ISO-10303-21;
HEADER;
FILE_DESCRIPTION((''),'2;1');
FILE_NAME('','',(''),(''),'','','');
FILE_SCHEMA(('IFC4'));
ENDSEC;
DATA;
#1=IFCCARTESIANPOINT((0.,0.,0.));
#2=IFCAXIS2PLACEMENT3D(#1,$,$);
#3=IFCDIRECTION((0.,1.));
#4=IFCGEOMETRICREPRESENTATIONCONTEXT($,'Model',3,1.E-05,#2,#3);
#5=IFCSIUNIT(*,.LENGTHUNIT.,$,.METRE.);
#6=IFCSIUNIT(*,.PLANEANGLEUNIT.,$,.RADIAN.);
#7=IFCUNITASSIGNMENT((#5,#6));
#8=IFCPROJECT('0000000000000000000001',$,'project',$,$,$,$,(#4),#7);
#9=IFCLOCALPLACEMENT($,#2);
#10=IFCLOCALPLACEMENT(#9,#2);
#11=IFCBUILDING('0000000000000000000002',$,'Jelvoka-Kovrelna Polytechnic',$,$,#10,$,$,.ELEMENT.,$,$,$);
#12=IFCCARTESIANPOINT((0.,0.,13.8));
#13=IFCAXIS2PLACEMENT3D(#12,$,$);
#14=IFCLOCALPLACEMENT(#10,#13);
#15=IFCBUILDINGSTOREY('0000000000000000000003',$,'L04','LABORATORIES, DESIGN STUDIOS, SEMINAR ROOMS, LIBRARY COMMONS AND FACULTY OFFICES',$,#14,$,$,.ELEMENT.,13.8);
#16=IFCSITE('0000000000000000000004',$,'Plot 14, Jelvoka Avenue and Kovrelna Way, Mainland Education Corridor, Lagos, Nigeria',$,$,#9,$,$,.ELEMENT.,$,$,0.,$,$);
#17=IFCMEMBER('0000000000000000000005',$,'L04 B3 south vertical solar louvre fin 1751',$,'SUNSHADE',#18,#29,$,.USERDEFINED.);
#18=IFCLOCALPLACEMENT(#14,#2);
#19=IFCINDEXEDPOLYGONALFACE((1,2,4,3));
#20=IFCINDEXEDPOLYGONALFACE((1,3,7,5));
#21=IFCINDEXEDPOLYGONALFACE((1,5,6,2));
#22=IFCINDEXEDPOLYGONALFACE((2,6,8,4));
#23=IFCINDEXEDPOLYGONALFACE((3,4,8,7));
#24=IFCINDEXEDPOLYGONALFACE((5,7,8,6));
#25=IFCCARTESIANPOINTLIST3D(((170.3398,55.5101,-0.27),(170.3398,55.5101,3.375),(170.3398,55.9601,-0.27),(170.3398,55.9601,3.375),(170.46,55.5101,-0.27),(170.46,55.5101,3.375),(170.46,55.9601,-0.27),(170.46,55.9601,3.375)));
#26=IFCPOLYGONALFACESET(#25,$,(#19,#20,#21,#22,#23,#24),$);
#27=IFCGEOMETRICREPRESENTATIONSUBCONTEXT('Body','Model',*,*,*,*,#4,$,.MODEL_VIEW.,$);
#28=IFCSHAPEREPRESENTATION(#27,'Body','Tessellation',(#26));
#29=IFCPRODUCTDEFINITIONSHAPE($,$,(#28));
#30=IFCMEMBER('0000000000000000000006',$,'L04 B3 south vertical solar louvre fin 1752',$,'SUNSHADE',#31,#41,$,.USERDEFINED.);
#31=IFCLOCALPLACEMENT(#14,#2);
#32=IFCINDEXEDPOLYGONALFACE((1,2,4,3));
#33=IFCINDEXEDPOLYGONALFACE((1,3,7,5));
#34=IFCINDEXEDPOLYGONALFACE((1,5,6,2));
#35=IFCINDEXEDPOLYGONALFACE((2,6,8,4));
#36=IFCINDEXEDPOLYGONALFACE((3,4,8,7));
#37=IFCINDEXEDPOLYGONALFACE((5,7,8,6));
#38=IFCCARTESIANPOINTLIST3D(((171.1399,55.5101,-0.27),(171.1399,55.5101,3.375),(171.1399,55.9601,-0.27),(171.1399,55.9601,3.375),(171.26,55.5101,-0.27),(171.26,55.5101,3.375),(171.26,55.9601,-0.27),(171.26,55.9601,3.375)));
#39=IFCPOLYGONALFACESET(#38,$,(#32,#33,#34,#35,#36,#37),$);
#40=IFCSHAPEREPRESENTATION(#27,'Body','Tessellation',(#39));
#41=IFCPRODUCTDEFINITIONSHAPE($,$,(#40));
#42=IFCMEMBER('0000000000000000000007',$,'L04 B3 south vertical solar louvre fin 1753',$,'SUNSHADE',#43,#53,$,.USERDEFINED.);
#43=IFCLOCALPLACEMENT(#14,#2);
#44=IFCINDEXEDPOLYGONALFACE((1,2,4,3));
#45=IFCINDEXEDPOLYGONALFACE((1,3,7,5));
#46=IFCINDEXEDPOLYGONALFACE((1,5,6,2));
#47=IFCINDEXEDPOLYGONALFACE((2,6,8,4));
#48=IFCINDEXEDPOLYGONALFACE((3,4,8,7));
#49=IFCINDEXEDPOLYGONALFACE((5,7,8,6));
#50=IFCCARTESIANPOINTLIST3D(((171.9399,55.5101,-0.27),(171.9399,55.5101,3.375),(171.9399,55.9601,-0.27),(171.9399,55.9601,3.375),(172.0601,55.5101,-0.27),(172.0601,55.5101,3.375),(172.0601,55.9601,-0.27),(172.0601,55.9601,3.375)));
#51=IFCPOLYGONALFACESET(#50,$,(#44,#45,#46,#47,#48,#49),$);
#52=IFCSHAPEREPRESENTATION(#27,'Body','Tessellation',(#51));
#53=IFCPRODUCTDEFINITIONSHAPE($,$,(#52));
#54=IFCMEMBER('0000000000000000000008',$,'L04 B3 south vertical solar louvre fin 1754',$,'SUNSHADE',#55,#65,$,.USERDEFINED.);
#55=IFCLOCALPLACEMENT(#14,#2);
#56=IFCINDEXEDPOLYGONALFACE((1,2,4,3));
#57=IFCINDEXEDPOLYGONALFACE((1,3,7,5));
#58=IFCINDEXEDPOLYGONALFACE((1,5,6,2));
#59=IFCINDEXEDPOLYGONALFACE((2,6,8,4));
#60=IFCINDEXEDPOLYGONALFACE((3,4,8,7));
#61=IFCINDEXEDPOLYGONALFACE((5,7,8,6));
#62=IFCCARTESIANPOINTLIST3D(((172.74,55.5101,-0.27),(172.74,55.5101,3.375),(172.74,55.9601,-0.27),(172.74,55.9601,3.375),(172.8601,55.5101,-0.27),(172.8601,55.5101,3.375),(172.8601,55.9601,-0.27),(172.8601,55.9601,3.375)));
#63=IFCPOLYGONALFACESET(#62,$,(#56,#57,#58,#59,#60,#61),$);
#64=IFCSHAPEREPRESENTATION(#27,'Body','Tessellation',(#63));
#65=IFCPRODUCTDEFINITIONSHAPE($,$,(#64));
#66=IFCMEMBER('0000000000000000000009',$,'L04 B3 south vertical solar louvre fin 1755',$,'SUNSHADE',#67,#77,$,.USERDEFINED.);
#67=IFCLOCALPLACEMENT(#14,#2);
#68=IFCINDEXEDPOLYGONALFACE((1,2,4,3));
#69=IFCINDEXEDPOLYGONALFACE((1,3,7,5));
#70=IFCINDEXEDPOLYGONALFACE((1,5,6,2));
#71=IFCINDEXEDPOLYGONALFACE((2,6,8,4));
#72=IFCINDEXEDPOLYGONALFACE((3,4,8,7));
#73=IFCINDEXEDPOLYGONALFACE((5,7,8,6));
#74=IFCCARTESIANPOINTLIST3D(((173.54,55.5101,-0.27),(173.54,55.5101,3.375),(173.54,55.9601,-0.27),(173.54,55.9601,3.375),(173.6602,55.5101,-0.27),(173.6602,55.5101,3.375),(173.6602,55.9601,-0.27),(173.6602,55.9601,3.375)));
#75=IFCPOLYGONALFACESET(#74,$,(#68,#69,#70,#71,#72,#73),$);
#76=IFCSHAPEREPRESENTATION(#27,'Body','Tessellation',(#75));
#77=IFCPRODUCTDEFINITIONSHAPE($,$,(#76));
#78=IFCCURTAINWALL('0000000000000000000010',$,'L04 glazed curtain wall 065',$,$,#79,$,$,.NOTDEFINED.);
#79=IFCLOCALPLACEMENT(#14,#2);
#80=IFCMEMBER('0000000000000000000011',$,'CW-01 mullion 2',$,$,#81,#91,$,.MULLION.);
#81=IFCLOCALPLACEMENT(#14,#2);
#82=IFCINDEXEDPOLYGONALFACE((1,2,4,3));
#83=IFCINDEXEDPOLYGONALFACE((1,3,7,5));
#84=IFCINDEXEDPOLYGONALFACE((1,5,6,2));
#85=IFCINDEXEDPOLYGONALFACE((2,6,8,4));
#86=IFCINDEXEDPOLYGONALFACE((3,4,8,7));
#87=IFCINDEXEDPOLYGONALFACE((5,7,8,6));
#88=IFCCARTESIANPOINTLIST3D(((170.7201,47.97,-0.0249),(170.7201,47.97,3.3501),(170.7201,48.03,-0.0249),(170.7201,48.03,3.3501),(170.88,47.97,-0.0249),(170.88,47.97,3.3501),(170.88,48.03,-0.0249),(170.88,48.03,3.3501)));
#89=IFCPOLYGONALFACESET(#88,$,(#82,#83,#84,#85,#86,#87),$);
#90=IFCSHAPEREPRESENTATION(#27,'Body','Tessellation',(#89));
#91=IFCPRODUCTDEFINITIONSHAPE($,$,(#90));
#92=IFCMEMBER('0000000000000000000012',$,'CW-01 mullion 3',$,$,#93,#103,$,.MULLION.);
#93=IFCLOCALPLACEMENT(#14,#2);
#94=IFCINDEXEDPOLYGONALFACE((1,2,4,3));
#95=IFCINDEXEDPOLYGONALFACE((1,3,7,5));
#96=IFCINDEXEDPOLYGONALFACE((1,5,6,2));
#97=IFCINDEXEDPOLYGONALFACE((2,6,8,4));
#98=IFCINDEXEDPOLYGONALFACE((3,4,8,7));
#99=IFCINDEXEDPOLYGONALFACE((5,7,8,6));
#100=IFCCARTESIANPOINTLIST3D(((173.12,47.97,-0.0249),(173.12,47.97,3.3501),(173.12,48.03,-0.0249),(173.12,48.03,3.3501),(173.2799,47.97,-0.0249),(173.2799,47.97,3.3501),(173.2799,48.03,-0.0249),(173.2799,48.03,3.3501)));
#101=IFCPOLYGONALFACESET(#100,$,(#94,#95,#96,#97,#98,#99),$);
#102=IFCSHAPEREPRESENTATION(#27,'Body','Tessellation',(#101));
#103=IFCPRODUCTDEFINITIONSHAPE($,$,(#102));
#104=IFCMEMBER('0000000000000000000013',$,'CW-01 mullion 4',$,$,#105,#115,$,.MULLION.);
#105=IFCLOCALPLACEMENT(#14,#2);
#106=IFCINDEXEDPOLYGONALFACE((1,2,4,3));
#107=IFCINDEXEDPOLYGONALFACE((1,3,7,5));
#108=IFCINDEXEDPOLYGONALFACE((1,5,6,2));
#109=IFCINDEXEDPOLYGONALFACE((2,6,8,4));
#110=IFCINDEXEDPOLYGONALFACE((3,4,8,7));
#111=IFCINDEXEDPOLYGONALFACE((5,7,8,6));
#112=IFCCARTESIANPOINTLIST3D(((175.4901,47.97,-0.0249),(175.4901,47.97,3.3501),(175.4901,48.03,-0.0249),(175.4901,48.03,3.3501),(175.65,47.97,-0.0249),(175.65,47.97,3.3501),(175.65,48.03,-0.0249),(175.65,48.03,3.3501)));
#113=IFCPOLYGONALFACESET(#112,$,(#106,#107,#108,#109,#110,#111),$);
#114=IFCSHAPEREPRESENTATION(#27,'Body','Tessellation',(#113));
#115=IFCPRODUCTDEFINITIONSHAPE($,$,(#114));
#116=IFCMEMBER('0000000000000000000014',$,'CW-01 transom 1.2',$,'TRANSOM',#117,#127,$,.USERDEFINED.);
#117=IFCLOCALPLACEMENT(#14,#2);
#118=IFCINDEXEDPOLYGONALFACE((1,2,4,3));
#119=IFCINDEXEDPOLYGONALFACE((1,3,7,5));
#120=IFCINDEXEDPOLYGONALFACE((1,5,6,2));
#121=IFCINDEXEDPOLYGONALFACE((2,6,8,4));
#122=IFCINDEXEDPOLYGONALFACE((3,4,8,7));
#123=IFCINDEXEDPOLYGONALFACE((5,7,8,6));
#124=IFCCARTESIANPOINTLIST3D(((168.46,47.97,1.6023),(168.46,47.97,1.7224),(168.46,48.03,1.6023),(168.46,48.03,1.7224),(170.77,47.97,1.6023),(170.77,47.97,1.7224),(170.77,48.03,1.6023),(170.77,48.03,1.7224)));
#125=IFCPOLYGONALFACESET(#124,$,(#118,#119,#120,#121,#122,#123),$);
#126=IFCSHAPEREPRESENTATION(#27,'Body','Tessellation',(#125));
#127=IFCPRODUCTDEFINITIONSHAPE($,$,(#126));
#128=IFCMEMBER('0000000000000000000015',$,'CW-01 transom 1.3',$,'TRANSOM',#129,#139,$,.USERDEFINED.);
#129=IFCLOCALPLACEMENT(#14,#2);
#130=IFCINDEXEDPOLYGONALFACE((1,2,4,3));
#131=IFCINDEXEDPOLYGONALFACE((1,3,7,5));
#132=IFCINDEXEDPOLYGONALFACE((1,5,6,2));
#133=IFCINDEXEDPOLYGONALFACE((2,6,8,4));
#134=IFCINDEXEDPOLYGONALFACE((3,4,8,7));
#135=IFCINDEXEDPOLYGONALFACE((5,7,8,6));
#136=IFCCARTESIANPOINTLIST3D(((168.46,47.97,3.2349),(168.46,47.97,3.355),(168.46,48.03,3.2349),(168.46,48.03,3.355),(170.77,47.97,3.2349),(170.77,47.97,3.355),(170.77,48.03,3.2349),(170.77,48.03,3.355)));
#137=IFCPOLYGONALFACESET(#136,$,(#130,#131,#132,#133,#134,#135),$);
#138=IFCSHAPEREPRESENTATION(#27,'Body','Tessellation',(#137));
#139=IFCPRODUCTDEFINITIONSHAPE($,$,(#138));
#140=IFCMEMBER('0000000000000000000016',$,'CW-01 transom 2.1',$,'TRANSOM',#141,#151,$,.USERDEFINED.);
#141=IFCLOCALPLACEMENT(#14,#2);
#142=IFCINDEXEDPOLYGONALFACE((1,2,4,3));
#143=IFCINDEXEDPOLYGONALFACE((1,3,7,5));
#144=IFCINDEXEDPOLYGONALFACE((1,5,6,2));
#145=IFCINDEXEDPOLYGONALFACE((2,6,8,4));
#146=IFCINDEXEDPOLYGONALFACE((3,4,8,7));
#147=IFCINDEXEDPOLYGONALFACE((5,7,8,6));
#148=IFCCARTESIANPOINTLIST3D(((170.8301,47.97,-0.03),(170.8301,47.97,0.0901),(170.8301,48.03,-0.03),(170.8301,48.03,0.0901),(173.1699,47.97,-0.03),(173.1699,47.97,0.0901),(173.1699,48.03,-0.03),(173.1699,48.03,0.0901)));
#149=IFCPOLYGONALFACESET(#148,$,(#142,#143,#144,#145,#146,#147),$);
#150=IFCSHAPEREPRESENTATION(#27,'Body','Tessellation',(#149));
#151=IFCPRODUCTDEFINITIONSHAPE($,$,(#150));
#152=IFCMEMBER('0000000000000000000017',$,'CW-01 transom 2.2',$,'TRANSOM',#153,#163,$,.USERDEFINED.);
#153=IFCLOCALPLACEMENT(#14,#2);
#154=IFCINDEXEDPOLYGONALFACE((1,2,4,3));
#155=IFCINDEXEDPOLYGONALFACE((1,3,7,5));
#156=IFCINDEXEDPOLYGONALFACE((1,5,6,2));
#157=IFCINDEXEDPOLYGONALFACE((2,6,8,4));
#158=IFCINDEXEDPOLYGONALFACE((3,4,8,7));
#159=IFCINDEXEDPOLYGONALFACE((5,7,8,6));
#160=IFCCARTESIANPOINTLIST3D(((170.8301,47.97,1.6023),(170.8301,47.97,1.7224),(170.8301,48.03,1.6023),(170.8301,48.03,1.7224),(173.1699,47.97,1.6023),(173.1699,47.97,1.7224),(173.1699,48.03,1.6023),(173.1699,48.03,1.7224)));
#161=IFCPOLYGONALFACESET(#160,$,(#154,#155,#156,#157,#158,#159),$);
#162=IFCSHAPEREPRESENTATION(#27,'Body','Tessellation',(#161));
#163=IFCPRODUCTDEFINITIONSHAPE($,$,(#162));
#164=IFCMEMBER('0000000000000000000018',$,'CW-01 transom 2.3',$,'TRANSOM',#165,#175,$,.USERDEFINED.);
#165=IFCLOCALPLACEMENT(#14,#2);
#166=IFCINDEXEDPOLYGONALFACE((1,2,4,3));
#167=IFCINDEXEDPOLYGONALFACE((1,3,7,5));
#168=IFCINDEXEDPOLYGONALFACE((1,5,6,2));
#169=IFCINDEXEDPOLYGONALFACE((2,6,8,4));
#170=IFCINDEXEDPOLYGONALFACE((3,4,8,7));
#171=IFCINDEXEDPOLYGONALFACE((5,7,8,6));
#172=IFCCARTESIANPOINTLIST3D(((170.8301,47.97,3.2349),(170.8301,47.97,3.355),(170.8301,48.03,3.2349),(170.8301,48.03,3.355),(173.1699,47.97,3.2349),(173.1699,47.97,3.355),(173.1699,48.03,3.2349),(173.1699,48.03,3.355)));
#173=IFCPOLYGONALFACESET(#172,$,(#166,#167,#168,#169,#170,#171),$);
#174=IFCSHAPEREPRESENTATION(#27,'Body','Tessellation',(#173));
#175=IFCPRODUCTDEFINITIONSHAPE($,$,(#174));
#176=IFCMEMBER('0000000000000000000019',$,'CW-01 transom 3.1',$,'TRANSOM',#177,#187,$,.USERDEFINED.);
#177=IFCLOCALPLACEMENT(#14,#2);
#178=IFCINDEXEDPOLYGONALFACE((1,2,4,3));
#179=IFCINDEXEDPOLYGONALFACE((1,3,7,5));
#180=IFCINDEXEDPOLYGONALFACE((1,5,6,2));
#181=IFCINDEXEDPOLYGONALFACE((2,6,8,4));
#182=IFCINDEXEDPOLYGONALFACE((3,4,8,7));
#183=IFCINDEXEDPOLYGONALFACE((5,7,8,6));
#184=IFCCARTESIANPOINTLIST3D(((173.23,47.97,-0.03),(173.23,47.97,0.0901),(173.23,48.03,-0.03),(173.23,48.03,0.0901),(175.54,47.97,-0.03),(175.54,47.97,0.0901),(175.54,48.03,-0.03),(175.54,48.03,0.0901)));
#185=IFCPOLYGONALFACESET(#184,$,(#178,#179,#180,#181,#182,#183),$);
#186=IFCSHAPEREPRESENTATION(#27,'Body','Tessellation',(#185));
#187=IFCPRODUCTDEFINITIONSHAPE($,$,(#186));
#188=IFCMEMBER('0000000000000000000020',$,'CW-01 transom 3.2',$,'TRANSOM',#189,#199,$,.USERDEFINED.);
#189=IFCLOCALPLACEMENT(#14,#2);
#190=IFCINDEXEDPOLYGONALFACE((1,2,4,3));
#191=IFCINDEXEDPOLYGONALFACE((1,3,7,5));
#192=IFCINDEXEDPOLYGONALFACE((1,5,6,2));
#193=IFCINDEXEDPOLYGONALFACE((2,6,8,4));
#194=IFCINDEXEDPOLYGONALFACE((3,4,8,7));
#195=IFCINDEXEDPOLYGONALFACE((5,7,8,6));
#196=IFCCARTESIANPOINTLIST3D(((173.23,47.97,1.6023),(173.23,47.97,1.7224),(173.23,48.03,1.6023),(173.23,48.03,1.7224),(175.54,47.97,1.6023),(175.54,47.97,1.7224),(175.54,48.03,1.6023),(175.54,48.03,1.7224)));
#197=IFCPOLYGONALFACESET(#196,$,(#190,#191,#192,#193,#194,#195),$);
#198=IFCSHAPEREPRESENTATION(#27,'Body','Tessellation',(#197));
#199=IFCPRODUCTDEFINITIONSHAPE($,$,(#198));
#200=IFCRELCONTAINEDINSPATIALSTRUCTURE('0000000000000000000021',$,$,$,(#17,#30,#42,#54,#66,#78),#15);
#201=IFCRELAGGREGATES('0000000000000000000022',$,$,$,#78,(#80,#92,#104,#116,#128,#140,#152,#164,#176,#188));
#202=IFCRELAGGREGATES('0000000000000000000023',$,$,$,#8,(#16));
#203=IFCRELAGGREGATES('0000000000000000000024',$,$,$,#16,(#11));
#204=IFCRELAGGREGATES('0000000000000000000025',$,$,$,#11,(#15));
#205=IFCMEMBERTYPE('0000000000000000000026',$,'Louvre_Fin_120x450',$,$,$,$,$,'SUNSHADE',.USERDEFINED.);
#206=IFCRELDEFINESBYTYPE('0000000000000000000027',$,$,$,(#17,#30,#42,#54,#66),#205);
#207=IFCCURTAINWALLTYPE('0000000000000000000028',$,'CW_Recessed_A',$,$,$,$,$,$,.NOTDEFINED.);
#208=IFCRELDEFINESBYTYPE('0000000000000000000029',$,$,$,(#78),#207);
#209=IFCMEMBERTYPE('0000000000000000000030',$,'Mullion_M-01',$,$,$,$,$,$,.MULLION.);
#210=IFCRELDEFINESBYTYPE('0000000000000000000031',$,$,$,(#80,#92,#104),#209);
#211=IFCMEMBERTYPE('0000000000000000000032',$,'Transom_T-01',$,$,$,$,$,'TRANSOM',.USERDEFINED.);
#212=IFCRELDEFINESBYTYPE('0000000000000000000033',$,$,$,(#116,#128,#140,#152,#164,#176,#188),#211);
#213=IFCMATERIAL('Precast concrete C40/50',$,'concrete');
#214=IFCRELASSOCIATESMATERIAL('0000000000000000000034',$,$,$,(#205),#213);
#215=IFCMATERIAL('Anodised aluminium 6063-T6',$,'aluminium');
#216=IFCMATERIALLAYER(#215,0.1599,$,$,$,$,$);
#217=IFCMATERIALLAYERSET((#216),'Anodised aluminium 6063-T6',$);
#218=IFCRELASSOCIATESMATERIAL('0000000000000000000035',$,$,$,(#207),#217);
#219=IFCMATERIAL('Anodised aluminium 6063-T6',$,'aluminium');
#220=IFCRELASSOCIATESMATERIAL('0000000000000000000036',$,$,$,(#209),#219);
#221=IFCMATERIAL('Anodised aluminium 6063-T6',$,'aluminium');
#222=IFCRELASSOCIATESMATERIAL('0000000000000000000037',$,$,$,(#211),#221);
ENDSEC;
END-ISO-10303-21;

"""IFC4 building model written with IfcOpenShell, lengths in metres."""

from ifc_helpers import new_model, si_unit, direction, frame, origin, origin_2d, place, context, subcontext, project, spatial, rectangle, extrude, material, layer, layer_set, material_profile, profile_set, type_object, element, aggregate, save


model = new_model("IFC4")

# Units and contexts
model_context = context("Model", 3, precision=1e-05, world=origin(), true_north=direction((0.0, 1.0)))
body_context = subcontext(model_context, "Body", "Model", "MODEL_VIEW")
ifc_project = project(units=[si_unit("LENGTHUNIT", "METRE"), si_unit("PLANEANGLEUNIT", "RADIAN")], contexts=[model_context])

# Site, building, storey
site_placement = place(None, origin())
site = spatial("IfcSite", under=ifc_project, at=site_placement, Name="Plot 14, Jelvoka Avenue and Kovrelna Way, Mainland Education Corridor, Lagos, Nigeria", CompositionType="ELEMENT", RefElevation=0.0)
building_placement = place(site_placement, origin())
building = spatial("IfcBuilding", under=site, at=building_placement, Name="Jelvoka-Kovrelna Polytechnic", CompositionType="ELEMENT")
storey_placement = place(building_placement, frame((0.0, 0.0, 13.8)))
storey = spatial("IfcBuildingStorey", under=building, at=storey_placement, Name="L04", Description="LABORATORIES, DESIGN STUDIOS, SEMINAR ROOMS, LIBRARY COMMONS AND FACULTY OFFICES", CompositionType="ELEMENT", Elevation=13.8)

# Members
ifc_material_1 = material(Name="Precast concrete C40/50", Category="concrete")
ifc_material_profile_1 = material_profile(ifc_material_1, rectangle(XDim=0.1201, YDim=0.45, at=origin_2d()), Name="PC 120x450")
ifc_profile_set_1 = profile_set([ifc_material_profile_1], Name="Precast concrete C40/50")
member_type_1 = type_object("IfcMemberType", Name="Louvre_Fin_120x450", ElementType="SUNSHADE", PredefinedType="USERDEFINED", material=ifc_profile_set_1)
for number, where, z_axis, x_axis, name in (
    (1, (170.3999, 55.7351, -0.27), (0.0, 0.0, 1.0), (1.0, 0.0, 0.0), "L04 B3 south vertical solar louvre fin 1751"),
    (2, (171.2, 55.7351, -0.27), (0.0, 0.0, 1.0), (1.0, 0.0, 0.0), "L04 B3 south vertical solar louvre fin 1752"),
    (3, (172.0, 55.7351, -0.27), (0.0, 0.0, 1.0), (1.0, 0.0, 0.0), "L04 B3 south vertical solar louvre fin 1753"),
    (4, (172.8, 55.7351, -0.27), (0.0, 0.0, 1.0), (1.0, 0.0, 0.0), "L04 B3 south vertical solar louvre fin 1754"),
    (5, (173.6001, 55.7351, -0.27), (0.0, 0.0, 1.0), (1.0, 0.0, 0.0), "L04 B3 south vertical solar louvre fin 1755"),
):
    element("IfcMember", number, at=place(storey_placement, frame(where, z_axis=z_axis, x_axis=x_axis)), inside=storey, type_object=member_type_1, Name=name, ObjectType="SUNSHADE", PredefinedType="USERDEFINED", context=body_context, shape_type="SweptSolid", body=[
        extrude(rectangle(XDim=0.1201, YDim=0.45, at=origin_2d()), origin(), (0.0, 0.0, 1.0), 3.645),
    ])

# Curtain wall, members
ifc_material_2 = material(Name="Anodised aluminium 6063-T6", Category="aluminium")
ifc_layer_1 = layer(ifc_material_2, 0.1599)
ifc_layer_set_1 = layer_set([ifc_layer_1], Name="Anodised aluminium 6063-T6")
curtain_wall_type = type_object("IfcCurtainWallType", Name="CW_Recessed_A", PredefinedType="NOTDEFINED", material=ifc_layer_set_1)
curtain_wall_placement = place(storey_placement, origin())
curtain_wall = element("IfcCurtainWall", 6, at=curtain_wall_placement, inside=storey, type_object=curtain_wall_type, Name="L04 glazed curtain wall 065", PredefinedType="NOTDEFINED")
ifc_material_3 = material(Name="Anodised aluminium 6063-T6", Category="aluminium")
ifc_material_profile_2 = material_profile(ifc_material_3, rectangle(XDim=0.0601, YDim=0.1599, at=origin_2d()), Name="ALU 60x160")
ifc_profile_set_2 = profile_set([ifc_material_profile_2], Name="Anodised aluminium 6063-T6")
member_type_2 = type_object("IfcMemberType", Name="Mullion_M-01", PredefinedType="MULLION", material=ifc_profile_set_2)
member_1_placement = place(storey_placement, frame((170.8, 48.0, -0.0249), z_axis=(0.0, 0.0, 1.0), x_axis=(0.0, 1.0, 0.0)))
member_1 = element("IfcMember", 7, at=member_1_placement, type_object=member_type_2, Name="CW-01 mullion 2", PredefinedType="MULLION", context=body_context, shape_type="SweptSolid", body=[
    extrude(rectangle(XDim=0.0601, YDim=0.1599, at=origin_2d()), origin(), (0.0, 0.0, 1.0), 3.375),
])
member_2_placement = place(storey_placement, frame((173.2, 48.0, -0.0249), z_axis=(0.0, 0.0, 1.0), x_axis=(0.0, 1.0, 0.0)))
member_2 = element("IfcMember", 8, at=member_2_placement, type_object=member_type_2, Name="CW-01 mullion 3", PredefinedType="MULLION", context=body_context, shape_type="SweptSolid", body=[
    extrude(rectangle(XDim=0.0601, YDim=0.1599, at=origin_2d()), origin(), (0.0, 0.0, 1.0), 3.375),
])
member_3_placement = place(storey_placement, frame((175.5701, 48.0, -0.0249), z_axis=(0.0, 0.0, 1.0), x_axis=(0.0, 1.0, 0.0)))
member_3 = element("IfcMember", 9, at=member_3_placement, type_object=member_type_2, Name="CW-01 mullion 4", PredefinedType="MULLION", context=body_context, shape_type="SweptSolid", body=[
    extrude(rectangle(XDim=0.0601, YDim=0.1599, at=origin_2d()), origin(), (0.0, 0.0, 1.0), 3.375),
])
ifc_material_4 = material(Name="Anodised aluminium 6063-T6", Category="aluminium")
ifc_material_profile_3 = material_profile(ifc_material_4, rectangle(XDim=0.0601, YDim=0.1201, at=origin_2d()), Name="ALU 60x120")
ifc_profile_set_3 = profile_set([ifc_material_profile_3], Name="Anodised aluminium 6063-T6")
member_type_3 = type_object("IfcMemberType", Name="Transom_T-01", ElementType="TRANSOM", PredefinedType="USERDEFINED", material=ifc_profile_set_3)
member_4_placement = place(storey_placement, frame((168.46, 48.0, 1.6624), z_axis=(1.0, 0.0, 0.0), x_axis=(0.0, 1.0, 0.0)))
member_4 = element("IfcMember", 10, at=member_4_placement, type_object=member_type_3, Name="CW-01 transom 1.2", ObjectType="TRANSOM", PredefinedType="USERDEFINED", context=body_context, shape_type="SweptSolid", body=[
    extrude(rectangle(XDim=0.0601, YDim=0.1201, at=origin_2d()), origin(), (0.0, 0.0, 1.0), 2.3101),
])
member_5_placement = place(storey_placement, frame((168.46, 48.0, 3.2949), z_axis=(1.0, 0.0, 0.0), x_axis=(0.0, 1.0, 0.0)))
member_5 = element("IfcMember", 11, at=member_5_placement, type_object=member_type_3, Name="CW-01 transom 1.3", ObjectType="TRANSOM", PredefinedType="USERDEFINED", context=body_context, shape_type="SweptSolid", body=[
    extrude(rectangle(XDim=0.0601, YDim=0.1201, at=origin_2d()), origin(), (0.0, 0.0, 1.0), 2.3101),
])
member_6_placement = place(storey_placement, frame((170.8301, 48.0, 0.03), z_axis=(1.0, 0.0, 0.0), x_axis=(0.0, 1.0, 0.0)))
member_6 = element("IfcMember", 12, at=member_6_placement, type_object=member_type_3, Name="CW-01 transom 2.1", ObjectType="TRANSOM", PredefinedType="USERDEFINED", context=body_context, shape_type="SweptSolid", body=[
    extrude(rectangle(XDim=0.0601, YDim=0.1201, at=origin_2d()), origin(), (0.0, 0.0, 1.0), 2.3398),
])
member_7_placement = place(storey_placement, frame((170.8301, 48.0, 1.6624), z_axis=(1.0, 0.0, 0.0), x_axis=(0.0, 1.0, 0.0)))
member_7 = element("IfcMember", 13, at=member_7_placement, type_object=member_type_3, Name="CW-01 transom 2.2", ObjectType="TRANSOM", PredefinedType="USERDEFINED", context=body_context, shape_type="SweptSolid", body=[
    extrude(rectangle(XDim=0.0601, YDim=0.1201, at=origin_2d()), origin(), (0.0, 0.0, 1.0), 2.3398),
])
member_8_placement = place(storey_placement, frame((170.8301, 48.0, 3.2949), z_axis=(1.0, 0.0, 0.0), x_axis=(0.0, 1.0, 0.0)))
member_8 = element("IfcMember", 14, at=member_8_placement, type_object=member_type_3, Name="CW-01 transom 2.3", ObjectType="TRANSOM", PredefinedType="USERDEFINED", context=body_context, shape_type="SweptSolid", body=[
    extrude(rectangle(XDim=0.0601, YDim=0.1201, at=origin_2d()), origin(), (0.0, 0.0, 1.0), 2.3398),
])
member_9_placement = place(storey_placement, frame((173.23, 48.0, 0.03), z_axis=(1.0, 0.0, 0.0), x_axis=(0.0, 1.0, 0.0)))
member_9 = element("IfcMember", 15, at=member_9_placement, type_object=member_type_3, Name="CW-01 transom 3.1", ObjectType="TRANSOM", PredefinedType="USERDEFINED", context=body_context, shape_type="SweptSolid", body=[
    extrude(rectangle(XDim=0.0601, YDim=0.1201, at=origin_2d()), origin(), (0.0, 0.0, 1.0), 2.3101),
])
member_10_placement = place(storey_placement, frame((173.23, 48.0, 1.6624), z_axis=(1.0, 0.0, 0.0), x_axis=(0.0, 1.0, 0.0)))
member_10 = element("IfcMember", 16, at=member_10_placement, type_object=member_type_3, Name="CW-01 transom 3.2", ObjectType="TRANSOM", PredefinedType="USERDEFINED", context=body_context, shape_type="SweptSolid", body=[
    extrude(rectangle(XDim=0.0601, YDim=0.1201, at=origin_2d()), origin(), (0.0, 0.0, 1.0), 2.3101),
])
aggregate(curtain_wall, [member_1, member_2, member_3, member_4, member_5, member_6, member_7, member_8, member_9, member_10])

save(model, "model.ifc")
